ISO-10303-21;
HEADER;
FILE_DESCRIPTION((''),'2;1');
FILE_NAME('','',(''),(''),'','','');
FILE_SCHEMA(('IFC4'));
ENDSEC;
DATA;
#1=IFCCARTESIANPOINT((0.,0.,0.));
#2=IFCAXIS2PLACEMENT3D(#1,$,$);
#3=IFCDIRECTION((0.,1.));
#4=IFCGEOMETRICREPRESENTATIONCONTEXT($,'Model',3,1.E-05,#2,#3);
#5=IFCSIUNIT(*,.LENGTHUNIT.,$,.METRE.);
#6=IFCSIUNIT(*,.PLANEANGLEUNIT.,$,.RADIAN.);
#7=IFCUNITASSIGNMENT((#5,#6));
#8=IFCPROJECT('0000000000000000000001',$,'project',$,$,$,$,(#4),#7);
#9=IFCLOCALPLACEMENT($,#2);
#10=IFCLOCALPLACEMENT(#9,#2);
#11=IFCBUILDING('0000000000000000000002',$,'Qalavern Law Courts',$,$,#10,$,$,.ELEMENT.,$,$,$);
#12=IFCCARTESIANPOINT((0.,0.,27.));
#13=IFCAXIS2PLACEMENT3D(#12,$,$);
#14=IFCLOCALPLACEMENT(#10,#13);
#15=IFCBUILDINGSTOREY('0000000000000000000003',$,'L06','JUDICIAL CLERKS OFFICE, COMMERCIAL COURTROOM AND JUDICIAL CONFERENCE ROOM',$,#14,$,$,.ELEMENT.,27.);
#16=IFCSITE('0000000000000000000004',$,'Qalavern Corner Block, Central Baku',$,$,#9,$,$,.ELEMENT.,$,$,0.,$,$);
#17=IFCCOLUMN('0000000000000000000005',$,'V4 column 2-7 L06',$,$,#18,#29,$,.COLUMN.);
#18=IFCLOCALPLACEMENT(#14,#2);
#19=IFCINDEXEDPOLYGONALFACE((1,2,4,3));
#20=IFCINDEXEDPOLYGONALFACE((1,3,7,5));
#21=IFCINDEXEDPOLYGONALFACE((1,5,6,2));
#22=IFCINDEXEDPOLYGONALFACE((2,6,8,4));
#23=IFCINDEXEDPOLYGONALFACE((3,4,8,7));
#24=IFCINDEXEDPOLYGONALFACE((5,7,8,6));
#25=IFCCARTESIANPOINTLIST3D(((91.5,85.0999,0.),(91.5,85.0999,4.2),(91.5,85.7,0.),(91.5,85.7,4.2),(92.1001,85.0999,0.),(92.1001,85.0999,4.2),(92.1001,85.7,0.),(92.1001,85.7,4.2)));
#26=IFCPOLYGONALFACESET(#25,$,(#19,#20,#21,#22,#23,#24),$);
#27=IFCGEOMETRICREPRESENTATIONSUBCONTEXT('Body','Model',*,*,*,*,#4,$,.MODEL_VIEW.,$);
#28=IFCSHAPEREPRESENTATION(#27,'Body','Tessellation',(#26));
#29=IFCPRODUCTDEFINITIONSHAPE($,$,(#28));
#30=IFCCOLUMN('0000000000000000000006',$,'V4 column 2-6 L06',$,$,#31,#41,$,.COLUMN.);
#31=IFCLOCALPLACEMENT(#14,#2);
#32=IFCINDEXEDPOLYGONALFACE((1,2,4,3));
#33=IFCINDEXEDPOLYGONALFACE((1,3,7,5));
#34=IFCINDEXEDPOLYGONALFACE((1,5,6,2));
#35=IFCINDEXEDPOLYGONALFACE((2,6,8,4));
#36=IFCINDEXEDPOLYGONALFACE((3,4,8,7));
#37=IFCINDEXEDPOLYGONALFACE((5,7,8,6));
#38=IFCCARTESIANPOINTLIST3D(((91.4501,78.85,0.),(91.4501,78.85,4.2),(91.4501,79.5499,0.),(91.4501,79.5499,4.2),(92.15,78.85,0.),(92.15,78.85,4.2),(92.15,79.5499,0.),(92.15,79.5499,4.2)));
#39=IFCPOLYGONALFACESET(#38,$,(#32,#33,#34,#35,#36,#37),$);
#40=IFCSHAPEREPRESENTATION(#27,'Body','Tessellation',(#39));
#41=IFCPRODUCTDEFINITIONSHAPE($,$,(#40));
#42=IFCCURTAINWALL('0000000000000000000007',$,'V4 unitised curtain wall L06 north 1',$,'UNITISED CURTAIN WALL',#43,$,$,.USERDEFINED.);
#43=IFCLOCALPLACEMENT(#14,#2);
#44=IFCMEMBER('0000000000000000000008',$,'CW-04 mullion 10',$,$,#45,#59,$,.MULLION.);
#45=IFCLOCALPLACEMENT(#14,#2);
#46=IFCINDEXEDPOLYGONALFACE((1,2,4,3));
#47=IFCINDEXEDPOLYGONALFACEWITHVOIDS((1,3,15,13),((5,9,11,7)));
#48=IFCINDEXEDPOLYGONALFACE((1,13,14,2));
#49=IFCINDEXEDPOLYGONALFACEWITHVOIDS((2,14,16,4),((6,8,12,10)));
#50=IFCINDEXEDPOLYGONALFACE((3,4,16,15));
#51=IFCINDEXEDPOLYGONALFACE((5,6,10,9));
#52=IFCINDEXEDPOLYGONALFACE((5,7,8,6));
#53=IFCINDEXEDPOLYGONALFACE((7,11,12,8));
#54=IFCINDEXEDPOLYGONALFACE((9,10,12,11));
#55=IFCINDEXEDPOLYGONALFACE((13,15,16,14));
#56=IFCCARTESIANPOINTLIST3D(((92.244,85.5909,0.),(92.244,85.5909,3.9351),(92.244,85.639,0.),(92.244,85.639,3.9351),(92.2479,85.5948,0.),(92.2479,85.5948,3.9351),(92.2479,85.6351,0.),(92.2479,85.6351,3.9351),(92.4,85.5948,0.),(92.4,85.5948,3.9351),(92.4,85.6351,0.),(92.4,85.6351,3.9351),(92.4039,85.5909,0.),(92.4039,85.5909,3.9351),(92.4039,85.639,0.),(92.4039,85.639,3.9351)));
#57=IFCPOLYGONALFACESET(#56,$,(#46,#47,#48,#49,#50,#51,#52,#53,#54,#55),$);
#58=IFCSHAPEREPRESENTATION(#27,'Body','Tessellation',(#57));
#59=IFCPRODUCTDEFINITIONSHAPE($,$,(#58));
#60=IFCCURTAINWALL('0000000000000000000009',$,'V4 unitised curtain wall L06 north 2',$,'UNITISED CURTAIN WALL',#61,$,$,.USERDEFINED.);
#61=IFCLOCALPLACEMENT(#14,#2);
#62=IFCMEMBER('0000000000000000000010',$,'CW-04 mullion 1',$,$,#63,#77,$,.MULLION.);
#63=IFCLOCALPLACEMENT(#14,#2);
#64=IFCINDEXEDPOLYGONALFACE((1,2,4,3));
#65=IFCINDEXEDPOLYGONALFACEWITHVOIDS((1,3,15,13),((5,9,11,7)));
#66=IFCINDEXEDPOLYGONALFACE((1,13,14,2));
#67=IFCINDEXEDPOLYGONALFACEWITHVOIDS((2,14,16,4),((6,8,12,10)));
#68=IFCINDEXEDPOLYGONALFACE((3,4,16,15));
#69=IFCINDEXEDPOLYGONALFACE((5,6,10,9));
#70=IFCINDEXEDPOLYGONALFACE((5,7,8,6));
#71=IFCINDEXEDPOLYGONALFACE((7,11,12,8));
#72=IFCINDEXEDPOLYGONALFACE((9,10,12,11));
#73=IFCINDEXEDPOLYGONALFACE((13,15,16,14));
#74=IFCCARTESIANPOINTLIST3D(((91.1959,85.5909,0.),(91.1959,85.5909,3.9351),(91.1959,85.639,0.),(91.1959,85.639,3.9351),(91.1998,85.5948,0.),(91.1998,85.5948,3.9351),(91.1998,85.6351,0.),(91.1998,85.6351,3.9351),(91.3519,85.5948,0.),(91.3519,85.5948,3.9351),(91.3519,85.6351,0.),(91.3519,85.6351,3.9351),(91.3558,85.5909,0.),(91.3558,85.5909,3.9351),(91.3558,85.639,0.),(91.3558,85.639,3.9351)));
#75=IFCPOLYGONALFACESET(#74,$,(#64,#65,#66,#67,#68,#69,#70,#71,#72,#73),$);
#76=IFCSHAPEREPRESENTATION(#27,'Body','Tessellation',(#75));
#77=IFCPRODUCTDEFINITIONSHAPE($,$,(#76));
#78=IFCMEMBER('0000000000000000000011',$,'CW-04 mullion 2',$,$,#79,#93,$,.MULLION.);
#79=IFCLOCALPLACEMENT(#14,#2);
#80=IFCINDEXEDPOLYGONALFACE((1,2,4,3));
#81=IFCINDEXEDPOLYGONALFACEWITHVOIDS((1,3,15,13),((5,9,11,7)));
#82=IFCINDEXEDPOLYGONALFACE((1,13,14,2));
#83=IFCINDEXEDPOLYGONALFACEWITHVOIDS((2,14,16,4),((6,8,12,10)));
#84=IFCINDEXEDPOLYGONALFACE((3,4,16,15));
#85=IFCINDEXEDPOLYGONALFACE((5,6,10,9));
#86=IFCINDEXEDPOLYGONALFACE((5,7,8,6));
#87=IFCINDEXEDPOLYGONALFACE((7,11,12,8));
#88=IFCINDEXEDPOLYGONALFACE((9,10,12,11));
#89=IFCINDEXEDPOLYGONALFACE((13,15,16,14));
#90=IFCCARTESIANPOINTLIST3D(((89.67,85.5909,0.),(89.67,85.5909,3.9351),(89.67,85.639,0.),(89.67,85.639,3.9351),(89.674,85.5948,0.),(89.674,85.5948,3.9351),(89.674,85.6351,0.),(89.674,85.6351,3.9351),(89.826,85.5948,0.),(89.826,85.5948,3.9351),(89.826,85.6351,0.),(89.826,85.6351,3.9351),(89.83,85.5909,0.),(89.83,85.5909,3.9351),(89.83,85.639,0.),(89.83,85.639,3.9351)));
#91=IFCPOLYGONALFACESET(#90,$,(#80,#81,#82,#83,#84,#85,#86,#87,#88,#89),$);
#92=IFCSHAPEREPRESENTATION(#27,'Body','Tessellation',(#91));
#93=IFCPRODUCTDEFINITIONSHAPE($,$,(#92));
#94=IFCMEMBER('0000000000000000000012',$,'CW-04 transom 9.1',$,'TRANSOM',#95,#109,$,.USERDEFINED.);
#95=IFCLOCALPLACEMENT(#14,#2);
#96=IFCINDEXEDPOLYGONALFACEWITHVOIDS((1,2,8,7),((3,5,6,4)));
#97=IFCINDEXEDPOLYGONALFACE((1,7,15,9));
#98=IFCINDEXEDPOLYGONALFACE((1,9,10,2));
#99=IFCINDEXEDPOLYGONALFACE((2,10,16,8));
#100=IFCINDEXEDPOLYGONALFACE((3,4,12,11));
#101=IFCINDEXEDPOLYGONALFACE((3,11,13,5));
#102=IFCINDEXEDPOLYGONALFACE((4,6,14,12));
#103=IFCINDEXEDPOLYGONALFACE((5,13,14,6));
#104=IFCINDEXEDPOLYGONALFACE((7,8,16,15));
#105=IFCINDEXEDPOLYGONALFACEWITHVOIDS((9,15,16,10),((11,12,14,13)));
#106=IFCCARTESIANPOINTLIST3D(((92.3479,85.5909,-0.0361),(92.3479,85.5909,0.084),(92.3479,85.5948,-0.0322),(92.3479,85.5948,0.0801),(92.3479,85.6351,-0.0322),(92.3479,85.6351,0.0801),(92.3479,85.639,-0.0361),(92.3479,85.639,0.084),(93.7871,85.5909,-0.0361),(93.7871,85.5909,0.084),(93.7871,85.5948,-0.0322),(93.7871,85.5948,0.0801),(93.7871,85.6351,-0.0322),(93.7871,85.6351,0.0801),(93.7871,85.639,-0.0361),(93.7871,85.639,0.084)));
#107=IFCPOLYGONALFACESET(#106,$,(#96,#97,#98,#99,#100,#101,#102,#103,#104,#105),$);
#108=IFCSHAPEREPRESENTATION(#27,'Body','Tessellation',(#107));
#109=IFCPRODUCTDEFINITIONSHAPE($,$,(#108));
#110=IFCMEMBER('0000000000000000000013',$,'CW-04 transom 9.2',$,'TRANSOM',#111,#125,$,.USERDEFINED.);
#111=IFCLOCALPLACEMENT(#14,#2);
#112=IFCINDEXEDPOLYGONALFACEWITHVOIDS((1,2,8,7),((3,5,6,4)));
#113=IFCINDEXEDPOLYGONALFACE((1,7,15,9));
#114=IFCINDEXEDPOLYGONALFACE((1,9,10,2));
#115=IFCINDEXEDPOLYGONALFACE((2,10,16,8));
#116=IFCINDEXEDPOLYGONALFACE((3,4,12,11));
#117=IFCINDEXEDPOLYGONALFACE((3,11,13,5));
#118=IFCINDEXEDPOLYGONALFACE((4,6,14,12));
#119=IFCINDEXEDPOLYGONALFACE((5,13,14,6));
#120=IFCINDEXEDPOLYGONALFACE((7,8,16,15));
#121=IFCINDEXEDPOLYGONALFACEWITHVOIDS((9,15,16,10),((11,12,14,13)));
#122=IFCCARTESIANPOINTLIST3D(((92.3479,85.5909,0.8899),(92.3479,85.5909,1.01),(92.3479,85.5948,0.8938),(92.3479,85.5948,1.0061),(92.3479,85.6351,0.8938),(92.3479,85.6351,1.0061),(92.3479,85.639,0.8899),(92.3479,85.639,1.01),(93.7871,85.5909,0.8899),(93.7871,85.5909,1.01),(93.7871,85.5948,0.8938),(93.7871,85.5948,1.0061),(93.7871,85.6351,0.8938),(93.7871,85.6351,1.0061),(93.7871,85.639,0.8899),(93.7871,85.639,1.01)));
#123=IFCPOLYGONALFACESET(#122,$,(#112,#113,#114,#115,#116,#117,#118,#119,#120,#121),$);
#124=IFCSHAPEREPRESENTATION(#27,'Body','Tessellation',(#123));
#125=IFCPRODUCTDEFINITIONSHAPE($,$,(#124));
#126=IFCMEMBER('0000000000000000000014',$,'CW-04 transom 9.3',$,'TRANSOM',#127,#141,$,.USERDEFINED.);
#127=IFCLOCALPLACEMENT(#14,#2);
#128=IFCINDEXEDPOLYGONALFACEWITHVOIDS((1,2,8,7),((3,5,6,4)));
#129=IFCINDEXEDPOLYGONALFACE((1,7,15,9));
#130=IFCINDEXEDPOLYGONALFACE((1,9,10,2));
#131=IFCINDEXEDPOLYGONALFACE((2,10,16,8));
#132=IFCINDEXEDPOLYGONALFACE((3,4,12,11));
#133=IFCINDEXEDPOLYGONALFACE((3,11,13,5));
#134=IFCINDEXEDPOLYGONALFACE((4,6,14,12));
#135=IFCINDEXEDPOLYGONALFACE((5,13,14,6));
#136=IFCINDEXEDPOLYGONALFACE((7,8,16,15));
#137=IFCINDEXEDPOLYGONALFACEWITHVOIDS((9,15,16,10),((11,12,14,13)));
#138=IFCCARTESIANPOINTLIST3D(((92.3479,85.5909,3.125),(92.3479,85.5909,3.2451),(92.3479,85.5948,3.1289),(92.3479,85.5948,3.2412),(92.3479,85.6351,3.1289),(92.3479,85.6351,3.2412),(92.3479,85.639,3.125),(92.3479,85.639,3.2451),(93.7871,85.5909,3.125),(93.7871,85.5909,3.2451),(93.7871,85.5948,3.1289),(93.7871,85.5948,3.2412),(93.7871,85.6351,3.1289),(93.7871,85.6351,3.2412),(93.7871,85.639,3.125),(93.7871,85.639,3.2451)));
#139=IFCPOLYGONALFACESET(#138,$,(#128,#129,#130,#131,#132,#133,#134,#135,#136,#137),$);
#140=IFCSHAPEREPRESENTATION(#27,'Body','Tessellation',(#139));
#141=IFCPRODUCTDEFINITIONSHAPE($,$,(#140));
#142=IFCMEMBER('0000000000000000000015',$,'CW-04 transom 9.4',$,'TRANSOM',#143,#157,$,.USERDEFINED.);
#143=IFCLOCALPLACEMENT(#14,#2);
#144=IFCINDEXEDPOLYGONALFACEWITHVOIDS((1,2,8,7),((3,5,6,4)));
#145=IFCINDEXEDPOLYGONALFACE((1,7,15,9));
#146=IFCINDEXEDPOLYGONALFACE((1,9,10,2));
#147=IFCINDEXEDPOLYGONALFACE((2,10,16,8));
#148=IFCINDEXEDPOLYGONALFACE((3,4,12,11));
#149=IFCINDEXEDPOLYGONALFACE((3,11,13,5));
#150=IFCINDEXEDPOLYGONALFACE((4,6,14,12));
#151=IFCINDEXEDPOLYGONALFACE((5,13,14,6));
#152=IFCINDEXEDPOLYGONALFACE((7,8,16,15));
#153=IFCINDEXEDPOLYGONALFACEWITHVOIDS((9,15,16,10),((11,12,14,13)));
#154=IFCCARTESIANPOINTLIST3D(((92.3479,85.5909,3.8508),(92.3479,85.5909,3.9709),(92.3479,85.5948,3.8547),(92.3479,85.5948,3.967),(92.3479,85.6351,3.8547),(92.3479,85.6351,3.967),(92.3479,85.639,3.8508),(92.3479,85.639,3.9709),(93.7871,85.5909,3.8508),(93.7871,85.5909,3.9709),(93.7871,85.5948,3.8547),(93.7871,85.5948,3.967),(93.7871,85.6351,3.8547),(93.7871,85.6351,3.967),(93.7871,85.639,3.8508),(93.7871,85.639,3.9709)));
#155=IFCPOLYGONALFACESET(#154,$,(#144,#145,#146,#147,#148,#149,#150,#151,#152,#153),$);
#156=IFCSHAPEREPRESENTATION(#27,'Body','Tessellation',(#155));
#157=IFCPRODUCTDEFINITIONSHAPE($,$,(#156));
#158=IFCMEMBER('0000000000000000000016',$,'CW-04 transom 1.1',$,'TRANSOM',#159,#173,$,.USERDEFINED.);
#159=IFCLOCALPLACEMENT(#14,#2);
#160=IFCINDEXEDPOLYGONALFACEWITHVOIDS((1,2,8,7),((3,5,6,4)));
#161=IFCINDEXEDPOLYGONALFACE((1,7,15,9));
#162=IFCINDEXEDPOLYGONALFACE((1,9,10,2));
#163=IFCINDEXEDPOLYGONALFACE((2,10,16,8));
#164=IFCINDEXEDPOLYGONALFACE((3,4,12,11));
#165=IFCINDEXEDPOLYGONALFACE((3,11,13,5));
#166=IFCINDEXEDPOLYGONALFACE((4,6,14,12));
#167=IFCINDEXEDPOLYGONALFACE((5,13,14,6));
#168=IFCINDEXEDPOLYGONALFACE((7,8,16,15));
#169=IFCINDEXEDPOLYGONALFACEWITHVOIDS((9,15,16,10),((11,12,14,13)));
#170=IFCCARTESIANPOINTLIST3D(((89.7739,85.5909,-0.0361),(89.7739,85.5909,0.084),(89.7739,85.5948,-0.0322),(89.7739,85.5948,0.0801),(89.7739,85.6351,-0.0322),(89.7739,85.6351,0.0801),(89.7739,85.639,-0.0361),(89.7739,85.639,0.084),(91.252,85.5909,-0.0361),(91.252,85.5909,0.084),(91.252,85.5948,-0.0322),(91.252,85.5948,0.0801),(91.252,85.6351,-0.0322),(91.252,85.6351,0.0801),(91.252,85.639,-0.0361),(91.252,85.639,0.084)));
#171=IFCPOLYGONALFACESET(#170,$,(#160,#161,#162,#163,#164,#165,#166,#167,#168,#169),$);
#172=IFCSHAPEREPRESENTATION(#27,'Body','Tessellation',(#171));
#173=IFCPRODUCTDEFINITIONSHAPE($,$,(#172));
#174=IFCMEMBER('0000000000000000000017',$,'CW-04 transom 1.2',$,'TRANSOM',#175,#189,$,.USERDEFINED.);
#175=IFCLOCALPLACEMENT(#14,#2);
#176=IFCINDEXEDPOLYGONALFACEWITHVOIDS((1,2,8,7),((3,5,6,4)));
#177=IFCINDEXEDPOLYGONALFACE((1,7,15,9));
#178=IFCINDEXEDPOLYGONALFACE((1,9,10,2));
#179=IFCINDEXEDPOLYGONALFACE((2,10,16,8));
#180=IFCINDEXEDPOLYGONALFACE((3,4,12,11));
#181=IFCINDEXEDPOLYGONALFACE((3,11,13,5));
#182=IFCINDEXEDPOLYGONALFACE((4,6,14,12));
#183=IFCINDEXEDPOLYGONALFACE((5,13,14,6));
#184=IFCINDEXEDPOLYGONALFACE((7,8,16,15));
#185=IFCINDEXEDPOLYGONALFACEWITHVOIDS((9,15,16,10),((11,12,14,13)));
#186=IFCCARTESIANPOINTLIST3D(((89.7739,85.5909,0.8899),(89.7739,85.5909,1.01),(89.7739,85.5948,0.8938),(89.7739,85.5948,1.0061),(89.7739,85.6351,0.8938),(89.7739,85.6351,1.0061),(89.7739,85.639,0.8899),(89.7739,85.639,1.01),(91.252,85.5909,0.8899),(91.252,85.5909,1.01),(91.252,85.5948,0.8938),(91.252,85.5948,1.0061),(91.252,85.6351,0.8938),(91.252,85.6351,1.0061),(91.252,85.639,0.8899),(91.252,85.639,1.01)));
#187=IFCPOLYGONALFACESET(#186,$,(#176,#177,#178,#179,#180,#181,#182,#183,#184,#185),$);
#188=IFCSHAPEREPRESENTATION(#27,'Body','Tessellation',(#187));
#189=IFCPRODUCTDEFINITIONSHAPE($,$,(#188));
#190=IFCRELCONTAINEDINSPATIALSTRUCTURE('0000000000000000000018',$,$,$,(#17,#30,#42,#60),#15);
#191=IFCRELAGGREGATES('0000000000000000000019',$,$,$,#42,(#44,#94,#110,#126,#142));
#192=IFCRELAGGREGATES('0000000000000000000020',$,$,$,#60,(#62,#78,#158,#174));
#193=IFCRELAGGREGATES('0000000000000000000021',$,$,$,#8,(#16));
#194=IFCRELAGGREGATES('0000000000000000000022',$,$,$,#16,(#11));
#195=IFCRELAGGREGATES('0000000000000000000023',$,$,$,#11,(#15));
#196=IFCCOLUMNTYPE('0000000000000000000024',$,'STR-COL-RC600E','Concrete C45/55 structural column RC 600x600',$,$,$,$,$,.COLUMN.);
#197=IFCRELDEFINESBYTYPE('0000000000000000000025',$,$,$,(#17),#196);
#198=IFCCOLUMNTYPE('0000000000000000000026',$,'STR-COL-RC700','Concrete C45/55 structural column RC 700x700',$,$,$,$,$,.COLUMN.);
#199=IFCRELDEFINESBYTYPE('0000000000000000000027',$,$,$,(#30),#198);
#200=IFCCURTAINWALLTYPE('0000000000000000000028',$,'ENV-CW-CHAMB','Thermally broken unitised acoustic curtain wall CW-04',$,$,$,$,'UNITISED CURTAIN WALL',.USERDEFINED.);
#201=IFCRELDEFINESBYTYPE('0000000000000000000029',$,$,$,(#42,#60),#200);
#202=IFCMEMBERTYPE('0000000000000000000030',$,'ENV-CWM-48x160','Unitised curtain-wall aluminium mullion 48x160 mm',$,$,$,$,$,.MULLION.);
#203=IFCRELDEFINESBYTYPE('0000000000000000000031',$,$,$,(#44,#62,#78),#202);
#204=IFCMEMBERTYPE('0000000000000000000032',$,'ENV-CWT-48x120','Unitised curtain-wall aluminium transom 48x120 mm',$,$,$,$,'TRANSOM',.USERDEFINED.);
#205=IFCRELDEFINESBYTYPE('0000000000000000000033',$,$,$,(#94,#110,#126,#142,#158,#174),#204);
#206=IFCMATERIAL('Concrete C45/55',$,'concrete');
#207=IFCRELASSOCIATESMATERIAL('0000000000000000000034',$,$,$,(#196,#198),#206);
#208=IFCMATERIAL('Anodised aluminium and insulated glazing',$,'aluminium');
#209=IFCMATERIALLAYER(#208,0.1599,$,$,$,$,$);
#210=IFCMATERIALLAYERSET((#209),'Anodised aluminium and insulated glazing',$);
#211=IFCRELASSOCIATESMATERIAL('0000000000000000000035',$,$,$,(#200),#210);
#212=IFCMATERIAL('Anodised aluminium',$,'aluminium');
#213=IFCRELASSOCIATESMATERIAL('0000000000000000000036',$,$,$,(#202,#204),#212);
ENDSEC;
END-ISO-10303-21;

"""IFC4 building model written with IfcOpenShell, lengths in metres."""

from ifc_helpers import new_model, si_unit, direction, frame, origin, origin_2d, place, context, subcontext, project, spatial, rectangle, hollow_rectangle, extrude, material, layer, layer_set, material_profile, profile_set, type_object, element, aggregate, save


model = new_model("IFC4")

# Units and contexts
model_context = context("Model", 3, precision=1e-05, world=origin(), true_north=direction((0.0, 1.0)))
body_context = subcontext(model_context, "Body", "Model", "MODEL_VIEW")
ifc_project = project(units=[si_unit("LENGTHUNIT", "METRE"), si_unit("PLANEANGLEUNIT", "RADIAN")], contexts=[model_context])

# Site, building, storey
site_placement = place(None, origin())
site = spatial("IfcSite", under=ifc_project, at=site_placement, Name="Qalavern Corner Block, Central Baku", CompositionType="ELEMENT", RefElevation=0.0)
building_placement = place(site_placement, origin())
building = spatial("IfcBuilding", under=site, at=building_placement, Name="Qalavern Law Courts", CompositionType="ELEMENT")
storey_placement = place(building_placement, frame((0.0, 0.0, 27.0)))
storey = spatial("IfcBuildingStorey", under=building, at=storey_placement, Name="L06", Description="JUDICIAL CLERKS OFFICE, COMMERCIAL COURTROOM AND JUDICIAL CONFERENCE ROOM", CompositionType="ELEMENT", Elevation=27.0)

# Columns
ifc_material_1 = material(Name="Concrete C45/55", Category="concrete")
ifc_material_profile_1 = material_profile(ifc_material_1, rectangle(XDim=0.6001, YDim=0.6001, at=origin_2d()), Name="RC 600x600")
ifc_profile_set_1 = profile_set([ifc_material_profile_1], Name="Concrete C45/55")
column_type_1 = type_object("IfcColumnType", Name="STR-COL-RC600E", Description="Concrete C45/55 structural column RC 600x600", PredefinedType="COLUMN", material=ifc_profile_set_1)
column_1_placement = place(storey_placement, frame((91.8, 85.3999, 0.0), z_axis=(0.0, 0.0, 1.0), x_axis=(1.0, 0.0, 0.0)))
element("IfcColumn", 1, at=column_1_placement, inside=storey, type_object=column_type_1, Name="V4 column 2-7 L06", PredefinedType="COLUMN", context=body_context, shape_type="SweptSolid", body=[
    extrude(rectangle(XDim=0.6001, YDim=0.6001, at=origin_2d()), origin(), (0.0, 0.0, 1.0), 4.2),
])
ifc_material_profile_2 = material_profile(ifc_material_1, rectangle(XDim=0.7, YDim=0.7, at=origin_2d()), Name="RC 700x700")
ifc_profile_set_2 = profile_set([ifc_material_profile_2], Name="Concrete C45/55")
column_type_2 = type_object("IfcColumnType", Name="STR-COL-RC700", Description="Concrete C45/55 structural column RC 700x700", PredefinedType="COLUMN", material=ifc_profile_set_2)
column_2_placement = place(storey_placement, frame((91.8, 79.2, 0.0), z_axis=(0.0, 0.0, 1.0), x_axis=(1.0, 0.0, 0.0)))
element("IfcColumn", 2, at=column_2_placement, inside=storey, type_object=column_type_2, Name="V4 column 2-6 L06", PredefinedType="COLUMN", context=body_context, shape_type="SweptSolid", body=[
    extrude(rectangle(XDim=0.7, YDim=0.7, at=origin_2d()), origin(), (0.0, 0.0, 1.0), 4.2),
])

# Curtain wall, member
ifc_material_2 = material(Name="Anodised aluminium and insulated glazing", Category="aluminium")
ifc_layer_1 = layer(ifc_material_2, 0.1599)
ifc_layer_set_1 = layer_set([ifc_layer_1], Name="Anodised aluminium and insulated glazing")
curtain_wall_type = type_object("IfcCurtainWallType", Name="ENV-CW-CHAMB", Description="Thermally broken unitised acoustic curtain wall CW-04", ElementType="UNITISED CURTAIN WALL", PredefinedType="USERDEFINED", material=ifc_layer_set_1)
curtain_wall_1_placement = place(storey_placement, origin())
curtain_wall_1 = element("IfcCurtainWall", 3, at=curtain_wall_1_placement, inside=storey, type_object=curtain_wall_type, Name="V4 unitised curtain wall L06 north 1", ObjectType="UNITISED CURTAIN WALL", PredefinedType="USERDEFINED")
ifc_material_3 = material(Name="Anodised aluminium", Category="aluminium")
ifc_material_profile_3 = material_profile(ifc_material_3, hollow_rectangle(XDim=0.0481, YDim=0.1599, WallThickness=0.0039, at=origin_2d()), Name="ALU MULLION 48x160")
ifc_profile_set_3 = profile_set([ifc_material_profile_3], Name="Anodised aluminium")
member_type_1 = type_object("IfcMemberType", Name="ENV-CWM-48x160", Description="Unitised curtain-wall aluminium mullion 48x160 mm", PredefinedType="MULLION", material=ifc_profile_set_3)
member_1_placement = place(storey_placement, frame((92.324, 85.615, 0.0), z_axis=(0.0, 0.0, 1.0), x_axis=(0.0, -1.0, 0.0)))
member_1 = element("IfcMember", 4, at=member_1_placement, type_object=member_type_1, Name="CW-04 mullion 10", PredefinedType="MULLION", context=body_context, shape_type="SweptSolid", body=[
    extrude(hollow_rectangle(XDim=0.0481, YDim=0.1599, WallThickness=0.0039, at=origin_2d()), origin(), (0.0, 0.0, 1.0), 3.9351),
])

# Curtain wall, members
curtain_wall_2_placement = place(storey_placement, origin())
curtain_wall_2 = element("IfcCurtainWall", 5, at=curtain_wall_2_placement, inside=storey, type_object=curtain_wall_type, Name="V4 unitised curtain wall L06 north 2", ObjectType="UNITISED CURTAIN WALL", PredefinedType="USERDEFINED")
member_2_placement = place(storey_placement, frame((91.2759, 85.615, 0.0), z_axis=(0.0, 0.0, 1.0), x_axis=(0.0, -1.0, 0.0)))
member_2 = element("IfcMember", 6, at=member_2_placement, type_object=member_type_1, Name="CW-04 mullion 1", PredefinedType="MULLION", context=body_context, shape_type="SweptSolid", body=[
    extrude(hollow_rectangle(XDim=0.0481, YDim=0.1599, WallThickness=0.0039, at=origin_2d()), origin(), (0.0, 0.0, 1.0), 3.9351),
])
member_3_placement = place(storey_placement, frame((89.75, 85.615, 0.0), z_axis=(0.0, 0.0, 1.0), x_axis=(0.0, -1.0, 0.0)))
member_3 = element("IfcMember", 7, at=member_3_placement, type_object=member_type_1, Name="CW-04 mullion 2", PredefinedType="MULLION", context=body_context, shape_type="SweptSolid", body=[
    extrude(hollow_rectangle(XDim=0.0481, YDim=0.1599, WallThickness=0.0039, at=origin_2d()), origin(), (0.0, 0.0, 1.0), 3.9351),
])

# Members
ifc_material_profile_4 = material_profile(ifc_material_3, hollow_rectangle(XDim=0.0481, YDim=0.1201, WallThickness=0.0039, at=origin_2d()), Name="ALU TRANSOM 48x120")
ifc_profile_set_4 = profile_set([ifc_material_profile_4], Name="Anodised aluminium")
member_type_2 = type_object("IfcMemberType", Name="ENV-CWT-48x120", Description="Unitised curtain-wall aluminium transom 48x120 mm", ElementType="TRANSOM", PredefinedType="USERDEFINED", material=ifc_profile_set_4)
member_4_placement = place(storey_placement, frame((93.7871, 85.615, 0.0239), z_axis=(-1.0, 0.0, 0.0), x_axis=(0.0, -1.0, 0.0)))
member_4 = element("IfcMember", 8, at=member_4_placement, type_object=member_type_2, Name="CW-04 transom 9.1", ObjectType="TRANSOM", PredefinedType="USERDEFINED", context=body_context, shape_type="SweptSolid", body=[
    extrude(hollow_rectangle(XDim=0.0481, YDim=0.1201, WallThickness=0.0039, at=origin_2d()), origin(), (0.0, 0.0, 1.0), 1.4392),
])
member_5_placement = place(storey_placement, frame((93.7871, 85.615, 0.95), z_axis=(-1.0, 0.0, 0.0), x_axis=(0.0, -1.0, 0.0)))
member_5 = element("IfcMember", 9, at=member_5_placement, type_object=member_type_2, Name="CW-04 transom 9.2", ObjectType="TRANSOM", PredefinedType="USERDEFINED", context=body_context, shape_type="SweptSolid", body=[
    extrude(hollow_rectangle(XDim=0.0481, YDim=0.1201, WallThickness=0.0039, at=origin_2d()), origin(), (0.0, 0.0, 1.0), 1.4392),
])
member_6_placement = place(storey_placement, frame((93.7871, 85.615, 3.1851), z_axis=(-1.0, 0.0, 0.0), x_axis=(0.0, -1.0, 0.0)))
member_6 = element("IfcMember", 10, at=member_6_placement, type_object=member_type_2, Name="CW-04 transom 9.3", ObjectType="TRANSOM", PredefinedType="USERDEFINED", context=body_context, shape_type="SweptSolid", body=[
    extrude(hollow_rectangle(XDim=0.0481, YDim=0.1201, WallThickness=0.0039, at=origin_2d()), origin(), (0.0, 0.0, 1.0), 1.4392),
])
member_7_placement = place(storey_placement, frame((93.7871, 85.615, 3.9109), z_axis=(-1.0, 0.0, 0.0), x_axis=(0.0, -1.0, 0.0)))
member_7 = element("IfcMember", 11, at=member_7_placement, type_object=member_type_2, Name="CW-04 transom 9.4", ObjectType="TRANSOM", PredefinedType="USERDEFINED", context=body_context, shape_type="SweptSolid", body=[
    extrude(hollow_rectangle(XDim=0.0481, YDim=0.1201, WallThickness=0.0039, at=origin_2d()), origin(), (0.0, 0.0, 1.0), 1.4392),
])
member_8_placement = place(storey_placement, frame((91.252, 85.615, 0.0239), z_axis=(-1.0, 0.0, 0.0), x_axis=(0.0, -1.0, 0.0)))
member_8 = element("IfcMember", 12, at=member_8_placement, type_object=member_type_2, Name="CW-04 transom 1.1", ObjectType="TRANSOM", PredefinedType="USERDEFINED", context=body_context, shape_type="SweptSolid", body=[
    extrude(hollow_rectangle(XDim=0.0481, YDim=0.1201, WallThickness=0.0039, at=origin_2d()), origin(), (0.0, 0.0, 1.0), 1.478),
])
member_9_placement = place(storey_placement, frame((91.252, 85.615, 0.95), z_axis=(-1.0, 0.0, 0.0), x_axis=(0.0, -1.0, 0.0)))
member_9 = element("IfcMember", 13, at=member_9_placement, type_object=member_type_2, Name="CW-04 transom 1.2", ObjectType="TRANSOM", PredefinedType="USERDEFINED", context=body_context, shape_type="SweptSolid", body=[
    extrude(hollow_rectangle(XDim=0.0481, YDim=0.1201, WallThickness=0.0039, at=origin_2d()), origin(), (0.0, 0.0, 1.0), 1.478),
])

aggregate(curtain_wall_1, [member_1, member_4, member_5, member_6, member_7])
aggregate(curtain_wall_2, [member_2, member_3, member_8, member_9])

save(model, "model.ifc")
